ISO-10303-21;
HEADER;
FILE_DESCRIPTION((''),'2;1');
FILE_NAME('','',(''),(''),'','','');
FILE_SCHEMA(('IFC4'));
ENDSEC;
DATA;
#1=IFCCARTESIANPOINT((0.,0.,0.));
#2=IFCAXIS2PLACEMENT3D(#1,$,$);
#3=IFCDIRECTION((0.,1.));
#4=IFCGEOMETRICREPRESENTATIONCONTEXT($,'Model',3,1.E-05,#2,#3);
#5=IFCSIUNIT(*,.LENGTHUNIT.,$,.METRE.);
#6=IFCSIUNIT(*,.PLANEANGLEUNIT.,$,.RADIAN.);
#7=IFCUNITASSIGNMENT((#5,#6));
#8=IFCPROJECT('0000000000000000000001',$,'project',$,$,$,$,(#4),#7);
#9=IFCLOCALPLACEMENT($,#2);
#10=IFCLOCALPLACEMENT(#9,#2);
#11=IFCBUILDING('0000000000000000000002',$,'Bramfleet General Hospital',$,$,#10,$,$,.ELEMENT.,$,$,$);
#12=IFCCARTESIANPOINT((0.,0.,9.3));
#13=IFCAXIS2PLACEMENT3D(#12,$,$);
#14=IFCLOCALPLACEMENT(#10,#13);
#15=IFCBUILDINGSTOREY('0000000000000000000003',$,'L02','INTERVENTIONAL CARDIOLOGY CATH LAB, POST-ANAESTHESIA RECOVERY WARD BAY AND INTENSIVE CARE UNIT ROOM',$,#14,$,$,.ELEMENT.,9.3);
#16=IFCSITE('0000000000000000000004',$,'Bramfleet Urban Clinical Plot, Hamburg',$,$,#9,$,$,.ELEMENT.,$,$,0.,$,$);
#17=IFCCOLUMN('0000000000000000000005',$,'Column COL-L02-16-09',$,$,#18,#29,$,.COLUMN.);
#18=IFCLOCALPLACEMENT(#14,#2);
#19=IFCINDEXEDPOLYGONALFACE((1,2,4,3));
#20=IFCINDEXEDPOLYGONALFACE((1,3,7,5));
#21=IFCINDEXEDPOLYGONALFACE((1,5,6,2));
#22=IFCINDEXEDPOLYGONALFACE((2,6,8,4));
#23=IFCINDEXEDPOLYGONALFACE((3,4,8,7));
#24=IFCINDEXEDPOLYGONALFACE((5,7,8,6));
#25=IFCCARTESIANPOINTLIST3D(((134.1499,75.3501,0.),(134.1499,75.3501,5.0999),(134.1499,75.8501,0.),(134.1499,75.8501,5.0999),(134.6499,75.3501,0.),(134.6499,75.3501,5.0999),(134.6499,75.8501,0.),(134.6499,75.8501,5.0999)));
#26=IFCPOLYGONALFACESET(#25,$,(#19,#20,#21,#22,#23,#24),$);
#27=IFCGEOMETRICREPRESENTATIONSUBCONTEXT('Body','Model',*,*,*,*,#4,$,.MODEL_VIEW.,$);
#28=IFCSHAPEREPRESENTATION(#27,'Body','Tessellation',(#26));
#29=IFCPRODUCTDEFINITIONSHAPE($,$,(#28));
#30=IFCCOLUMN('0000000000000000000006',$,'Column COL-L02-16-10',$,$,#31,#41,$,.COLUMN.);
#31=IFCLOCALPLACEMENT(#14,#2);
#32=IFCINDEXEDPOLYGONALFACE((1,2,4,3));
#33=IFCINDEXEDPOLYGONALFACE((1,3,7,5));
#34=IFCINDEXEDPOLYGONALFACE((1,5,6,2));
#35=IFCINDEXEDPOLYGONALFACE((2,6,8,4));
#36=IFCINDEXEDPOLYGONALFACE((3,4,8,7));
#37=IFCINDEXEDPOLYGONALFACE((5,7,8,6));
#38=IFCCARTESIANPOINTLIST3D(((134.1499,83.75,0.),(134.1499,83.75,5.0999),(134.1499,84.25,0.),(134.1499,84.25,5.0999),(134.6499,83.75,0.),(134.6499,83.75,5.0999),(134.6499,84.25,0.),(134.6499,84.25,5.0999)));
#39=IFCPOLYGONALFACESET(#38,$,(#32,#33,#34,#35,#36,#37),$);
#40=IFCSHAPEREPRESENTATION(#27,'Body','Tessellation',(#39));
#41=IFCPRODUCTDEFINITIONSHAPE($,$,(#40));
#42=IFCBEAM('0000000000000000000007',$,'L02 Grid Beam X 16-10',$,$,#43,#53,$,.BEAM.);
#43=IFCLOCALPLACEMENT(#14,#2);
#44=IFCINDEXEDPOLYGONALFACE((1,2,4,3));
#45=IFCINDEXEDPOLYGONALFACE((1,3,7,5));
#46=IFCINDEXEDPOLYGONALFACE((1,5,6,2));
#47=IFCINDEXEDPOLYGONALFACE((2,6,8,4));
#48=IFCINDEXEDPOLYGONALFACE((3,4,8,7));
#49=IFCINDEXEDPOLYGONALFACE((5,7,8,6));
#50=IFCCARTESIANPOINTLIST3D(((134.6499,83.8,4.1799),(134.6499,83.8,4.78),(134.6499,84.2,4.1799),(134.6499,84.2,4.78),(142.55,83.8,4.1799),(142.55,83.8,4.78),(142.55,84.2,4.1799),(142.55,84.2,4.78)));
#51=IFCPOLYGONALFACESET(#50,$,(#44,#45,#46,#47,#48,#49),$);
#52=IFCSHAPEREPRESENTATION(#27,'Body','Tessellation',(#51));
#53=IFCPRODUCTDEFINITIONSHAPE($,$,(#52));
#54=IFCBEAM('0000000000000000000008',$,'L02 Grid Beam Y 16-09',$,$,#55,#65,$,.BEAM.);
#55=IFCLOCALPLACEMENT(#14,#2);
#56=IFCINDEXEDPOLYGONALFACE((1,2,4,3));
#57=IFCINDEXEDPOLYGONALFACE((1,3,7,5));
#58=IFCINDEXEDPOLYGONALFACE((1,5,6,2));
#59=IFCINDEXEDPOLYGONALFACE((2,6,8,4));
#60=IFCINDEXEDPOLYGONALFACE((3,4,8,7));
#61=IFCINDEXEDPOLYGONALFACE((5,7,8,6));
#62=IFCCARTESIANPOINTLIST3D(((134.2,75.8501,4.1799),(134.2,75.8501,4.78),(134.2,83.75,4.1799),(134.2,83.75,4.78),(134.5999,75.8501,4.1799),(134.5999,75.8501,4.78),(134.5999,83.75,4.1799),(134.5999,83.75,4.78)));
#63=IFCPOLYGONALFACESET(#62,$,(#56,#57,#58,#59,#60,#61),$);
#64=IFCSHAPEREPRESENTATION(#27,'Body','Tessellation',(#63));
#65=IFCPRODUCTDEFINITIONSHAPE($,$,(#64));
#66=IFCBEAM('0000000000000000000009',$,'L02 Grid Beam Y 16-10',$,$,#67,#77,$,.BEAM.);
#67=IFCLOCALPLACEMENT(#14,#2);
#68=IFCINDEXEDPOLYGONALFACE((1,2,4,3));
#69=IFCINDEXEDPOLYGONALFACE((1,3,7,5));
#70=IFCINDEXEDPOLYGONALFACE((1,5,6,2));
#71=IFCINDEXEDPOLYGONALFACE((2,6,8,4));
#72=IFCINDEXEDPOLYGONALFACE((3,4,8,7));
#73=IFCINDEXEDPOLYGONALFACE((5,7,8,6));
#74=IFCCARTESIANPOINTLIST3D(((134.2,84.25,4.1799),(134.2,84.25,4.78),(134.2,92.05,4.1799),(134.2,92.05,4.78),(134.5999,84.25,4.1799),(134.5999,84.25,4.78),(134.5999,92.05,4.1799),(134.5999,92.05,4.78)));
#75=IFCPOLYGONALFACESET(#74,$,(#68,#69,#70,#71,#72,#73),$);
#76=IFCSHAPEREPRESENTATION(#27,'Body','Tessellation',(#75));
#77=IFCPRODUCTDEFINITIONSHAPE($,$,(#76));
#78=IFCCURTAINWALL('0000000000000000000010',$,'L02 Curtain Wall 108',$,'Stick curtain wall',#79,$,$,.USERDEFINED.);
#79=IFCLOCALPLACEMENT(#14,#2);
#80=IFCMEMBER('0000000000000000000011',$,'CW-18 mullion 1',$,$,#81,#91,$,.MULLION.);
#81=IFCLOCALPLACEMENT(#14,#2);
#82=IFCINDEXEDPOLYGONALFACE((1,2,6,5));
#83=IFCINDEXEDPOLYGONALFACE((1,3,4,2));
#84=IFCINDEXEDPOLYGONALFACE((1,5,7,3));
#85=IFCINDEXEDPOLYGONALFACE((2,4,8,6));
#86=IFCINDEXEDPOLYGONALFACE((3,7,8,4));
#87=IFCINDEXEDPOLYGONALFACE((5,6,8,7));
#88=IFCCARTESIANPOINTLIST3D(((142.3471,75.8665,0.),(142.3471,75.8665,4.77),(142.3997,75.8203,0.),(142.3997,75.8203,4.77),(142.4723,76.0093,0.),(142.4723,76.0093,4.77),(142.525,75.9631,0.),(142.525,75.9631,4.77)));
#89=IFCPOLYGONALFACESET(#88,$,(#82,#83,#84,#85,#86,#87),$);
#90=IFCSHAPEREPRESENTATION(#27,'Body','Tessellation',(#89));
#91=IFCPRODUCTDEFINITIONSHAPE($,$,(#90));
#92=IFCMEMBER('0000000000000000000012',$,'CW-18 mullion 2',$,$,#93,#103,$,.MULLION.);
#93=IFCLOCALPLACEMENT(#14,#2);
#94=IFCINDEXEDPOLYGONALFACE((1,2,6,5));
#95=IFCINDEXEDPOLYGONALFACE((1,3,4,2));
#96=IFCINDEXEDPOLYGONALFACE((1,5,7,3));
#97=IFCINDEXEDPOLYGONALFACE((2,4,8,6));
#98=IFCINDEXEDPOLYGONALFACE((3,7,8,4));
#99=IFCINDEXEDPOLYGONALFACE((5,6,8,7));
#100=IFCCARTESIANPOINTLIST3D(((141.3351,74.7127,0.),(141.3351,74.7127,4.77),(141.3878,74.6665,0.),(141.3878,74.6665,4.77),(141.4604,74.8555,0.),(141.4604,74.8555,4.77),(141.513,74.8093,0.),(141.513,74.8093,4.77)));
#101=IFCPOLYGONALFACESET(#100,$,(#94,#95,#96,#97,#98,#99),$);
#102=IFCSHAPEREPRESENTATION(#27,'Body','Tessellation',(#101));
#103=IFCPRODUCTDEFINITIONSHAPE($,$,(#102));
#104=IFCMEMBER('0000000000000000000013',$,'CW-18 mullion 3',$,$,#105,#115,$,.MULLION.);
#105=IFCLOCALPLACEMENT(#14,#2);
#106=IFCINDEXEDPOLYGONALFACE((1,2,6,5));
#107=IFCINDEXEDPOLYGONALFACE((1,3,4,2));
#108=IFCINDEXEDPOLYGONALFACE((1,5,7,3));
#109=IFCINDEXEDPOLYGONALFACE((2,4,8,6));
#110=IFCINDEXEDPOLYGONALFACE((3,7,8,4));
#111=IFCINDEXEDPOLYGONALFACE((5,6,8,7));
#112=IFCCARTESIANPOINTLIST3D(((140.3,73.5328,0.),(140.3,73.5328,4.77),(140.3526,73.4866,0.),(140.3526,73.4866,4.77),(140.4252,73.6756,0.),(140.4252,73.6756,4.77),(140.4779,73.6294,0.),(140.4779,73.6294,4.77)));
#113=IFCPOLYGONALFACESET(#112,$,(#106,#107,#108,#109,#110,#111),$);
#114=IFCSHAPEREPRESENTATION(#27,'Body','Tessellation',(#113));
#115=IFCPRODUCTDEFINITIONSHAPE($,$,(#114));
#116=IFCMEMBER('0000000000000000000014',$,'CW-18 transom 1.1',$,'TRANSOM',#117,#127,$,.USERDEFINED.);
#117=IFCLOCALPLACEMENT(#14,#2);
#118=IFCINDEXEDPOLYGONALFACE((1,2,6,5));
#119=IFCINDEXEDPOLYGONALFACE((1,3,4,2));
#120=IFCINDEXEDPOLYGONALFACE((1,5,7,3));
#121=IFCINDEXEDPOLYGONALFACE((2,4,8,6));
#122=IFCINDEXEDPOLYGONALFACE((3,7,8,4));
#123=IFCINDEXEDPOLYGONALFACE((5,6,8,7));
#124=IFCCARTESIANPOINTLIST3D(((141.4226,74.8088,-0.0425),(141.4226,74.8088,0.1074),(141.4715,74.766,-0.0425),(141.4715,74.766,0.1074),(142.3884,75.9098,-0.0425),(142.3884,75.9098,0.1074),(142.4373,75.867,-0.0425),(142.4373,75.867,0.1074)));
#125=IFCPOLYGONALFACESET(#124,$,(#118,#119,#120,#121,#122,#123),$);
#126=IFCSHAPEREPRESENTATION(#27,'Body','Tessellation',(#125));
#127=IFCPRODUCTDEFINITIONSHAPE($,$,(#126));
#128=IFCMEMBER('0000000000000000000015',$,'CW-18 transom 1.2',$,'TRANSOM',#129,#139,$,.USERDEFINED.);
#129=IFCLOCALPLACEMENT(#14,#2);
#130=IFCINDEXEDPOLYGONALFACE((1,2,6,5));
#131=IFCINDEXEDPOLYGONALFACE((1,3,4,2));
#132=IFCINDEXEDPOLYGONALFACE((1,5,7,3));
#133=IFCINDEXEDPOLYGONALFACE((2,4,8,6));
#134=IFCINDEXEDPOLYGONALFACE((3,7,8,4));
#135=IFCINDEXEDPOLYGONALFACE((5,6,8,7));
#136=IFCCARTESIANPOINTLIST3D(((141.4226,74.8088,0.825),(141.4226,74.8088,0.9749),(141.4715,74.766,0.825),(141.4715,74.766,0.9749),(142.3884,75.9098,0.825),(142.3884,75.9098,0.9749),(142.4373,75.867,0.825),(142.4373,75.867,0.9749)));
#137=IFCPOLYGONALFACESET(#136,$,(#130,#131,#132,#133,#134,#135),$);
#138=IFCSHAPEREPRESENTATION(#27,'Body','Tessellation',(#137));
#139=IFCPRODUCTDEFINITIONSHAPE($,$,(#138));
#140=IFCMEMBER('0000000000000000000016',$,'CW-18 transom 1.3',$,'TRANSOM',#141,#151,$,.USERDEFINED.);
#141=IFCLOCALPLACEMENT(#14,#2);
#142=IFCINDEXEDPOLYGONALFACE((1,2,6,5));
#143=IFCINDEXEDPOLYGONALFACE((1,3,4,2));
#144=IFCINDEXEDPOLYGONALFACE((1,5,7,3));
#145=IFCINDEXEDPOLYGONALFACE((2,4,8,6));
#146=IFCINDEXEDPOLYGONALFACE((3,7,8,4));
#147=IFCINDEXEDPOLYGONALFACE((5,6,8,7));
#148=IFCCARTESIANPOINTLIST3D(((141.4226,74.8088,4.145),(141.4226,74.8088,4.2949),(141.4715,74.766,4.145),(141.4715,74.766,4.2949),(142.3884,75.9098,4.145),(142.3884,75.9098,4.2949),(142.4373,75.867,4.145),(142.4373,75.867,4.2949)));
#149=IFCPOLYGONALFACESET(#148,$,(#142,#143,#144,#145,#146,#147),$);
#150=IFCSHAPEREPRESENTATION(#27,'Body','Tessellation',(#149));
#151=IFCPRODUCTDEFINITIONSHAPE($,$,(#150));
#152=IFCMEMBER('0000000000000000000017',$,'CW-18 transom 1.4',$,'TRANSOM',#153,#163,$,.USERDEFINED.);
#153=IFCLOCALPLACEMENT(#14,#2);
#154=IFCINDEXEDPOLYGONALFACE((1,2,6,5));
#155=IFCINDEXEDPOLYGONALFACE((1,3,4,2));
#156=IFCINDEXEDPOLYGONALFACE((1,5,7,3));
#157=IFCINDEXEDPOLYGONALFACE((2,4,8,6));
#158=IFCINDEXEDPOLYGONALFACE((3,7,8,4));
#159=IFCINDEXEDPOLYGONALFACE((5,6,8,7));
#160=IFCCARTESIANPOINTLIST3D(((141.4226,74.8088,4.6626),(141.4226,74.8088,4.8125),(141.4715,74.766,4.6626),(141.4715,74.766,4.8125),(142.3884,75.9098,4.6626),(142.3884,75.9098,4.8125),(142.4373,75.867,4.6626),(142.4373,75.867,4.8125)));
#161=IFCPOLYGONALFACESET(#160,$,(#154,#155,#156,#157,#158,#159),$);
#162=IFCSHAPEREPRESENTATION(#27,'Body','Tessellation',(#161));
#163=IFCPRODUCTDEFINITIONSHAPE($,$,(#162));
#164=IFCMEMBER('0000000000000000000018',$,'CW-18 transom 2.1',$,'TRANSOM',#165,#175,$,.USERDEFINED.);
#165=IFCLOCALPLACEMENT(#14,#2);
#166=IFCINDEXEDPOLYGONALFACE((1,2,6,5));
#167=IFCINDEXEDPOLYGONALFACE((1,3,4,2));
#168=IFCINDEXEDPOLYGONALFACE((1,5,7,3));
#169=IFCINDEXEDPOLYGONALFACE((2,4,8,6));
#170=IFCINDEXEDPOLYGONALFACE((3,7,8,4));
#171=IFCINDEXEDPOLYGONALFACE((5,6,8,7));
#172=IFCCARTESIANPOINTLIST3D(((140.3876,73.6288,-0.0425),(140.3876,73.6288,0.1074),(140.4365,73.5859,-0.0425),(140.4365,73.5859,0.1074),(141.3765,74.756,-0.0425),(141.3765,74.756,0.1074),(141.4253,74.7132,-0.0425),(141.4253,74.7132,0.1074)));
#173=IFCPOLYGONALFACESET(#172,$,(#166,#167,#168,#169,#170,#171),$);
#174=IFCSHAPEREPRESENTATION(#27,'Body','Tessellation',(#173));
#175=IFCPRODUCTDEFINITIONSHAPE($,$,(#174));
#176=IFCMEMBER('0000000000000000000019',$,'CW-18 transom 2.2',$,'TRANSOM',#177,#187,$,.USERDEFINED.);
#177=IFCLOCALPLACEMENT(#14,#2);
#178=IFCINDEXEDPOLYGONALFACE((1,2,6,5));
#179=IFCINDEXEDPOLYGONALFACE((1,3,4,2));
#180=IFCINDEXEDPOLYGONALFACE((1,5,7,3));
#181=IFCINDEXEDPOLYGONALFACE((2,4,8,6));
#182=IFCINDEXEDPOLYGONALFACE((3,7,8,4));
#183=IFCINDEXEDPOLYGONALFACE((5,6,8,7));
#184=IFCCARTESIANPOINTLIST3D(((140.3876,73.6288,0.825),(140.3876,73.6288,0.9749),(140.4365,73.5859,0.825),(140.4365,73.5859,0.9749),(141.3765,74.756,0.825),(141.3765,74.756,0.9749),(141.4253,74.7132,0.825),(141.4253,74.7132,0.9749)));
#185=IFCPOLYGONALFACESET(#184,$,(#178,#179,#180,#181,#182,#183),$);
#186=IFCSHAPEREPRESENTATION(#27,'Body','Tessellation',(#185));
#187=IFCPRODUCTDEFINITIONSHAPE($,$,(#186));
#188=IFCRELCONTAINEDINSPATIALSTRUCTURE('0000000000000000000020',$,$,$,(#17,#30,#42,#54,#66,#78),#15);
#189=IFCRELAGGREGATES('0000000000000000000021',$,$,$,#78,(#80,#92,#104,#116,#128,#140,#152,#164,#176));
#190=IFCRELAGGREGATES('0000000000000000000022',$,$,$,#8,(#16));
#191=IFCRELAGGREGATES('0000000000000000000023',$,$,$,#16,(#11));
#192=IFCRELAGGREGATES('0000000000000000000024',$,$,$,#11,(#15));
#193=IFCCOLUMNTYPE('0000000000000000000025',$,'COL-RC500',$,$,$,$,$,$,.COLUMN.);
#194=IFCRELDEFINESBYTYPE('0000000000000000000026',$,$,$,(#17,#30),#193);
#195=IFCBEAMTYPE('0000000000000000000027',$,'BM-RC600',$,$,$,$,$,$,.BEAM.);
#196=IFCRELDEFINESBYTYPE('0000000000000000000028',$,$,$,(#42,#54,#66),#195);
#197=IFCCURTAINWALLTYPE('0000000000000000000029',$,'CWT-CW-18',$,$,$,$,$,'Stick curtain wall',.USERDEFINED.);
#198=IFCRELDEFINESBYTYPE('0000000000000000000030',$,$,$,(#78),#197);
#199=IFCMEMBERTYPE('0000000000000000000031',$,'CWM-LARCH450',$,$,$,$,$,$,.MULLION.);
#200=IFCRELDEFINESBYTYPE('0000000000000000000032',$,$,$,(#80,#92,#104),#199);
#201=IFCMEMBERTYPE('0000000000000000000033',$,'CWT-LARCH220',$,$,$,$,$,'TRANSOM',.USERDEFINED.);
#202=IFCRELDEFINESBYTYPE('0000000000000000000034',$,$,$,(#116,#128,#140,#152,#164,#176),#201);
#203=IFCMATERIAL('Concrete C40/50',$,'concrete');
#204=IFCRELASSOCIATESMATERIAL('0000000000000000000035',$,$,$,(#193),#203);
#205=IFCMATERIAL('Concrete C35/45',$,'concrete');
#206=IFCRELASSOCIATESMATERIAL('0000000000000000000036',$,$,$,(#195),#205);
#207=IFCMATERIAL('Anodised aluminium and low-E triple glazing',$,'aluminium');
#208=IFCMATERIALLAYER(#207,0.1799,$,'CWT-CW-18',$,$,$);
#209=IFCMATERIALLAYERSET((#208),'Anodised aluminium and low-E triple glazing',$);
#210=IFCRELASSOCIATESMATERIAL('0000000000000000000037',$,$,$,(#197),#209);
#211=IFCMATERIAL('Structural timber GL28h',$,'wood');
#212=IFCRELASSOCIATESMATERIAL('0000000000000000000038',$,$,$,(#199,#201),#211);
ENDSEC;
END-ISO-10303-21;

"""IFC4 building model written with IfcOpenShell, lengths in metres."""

from ifc_helpers import new_model, si_unit, direction, frame, origin, origin_2d, place, context, subcontext, project, spatial, rectangle, extrude, material, layer, layer_set, material_profile, profile_set, type_object, element, aggregate, save


model = new_model("IFC4")

# Units and contexts
model_context = context("Model", 3, precision=1e-05, world=origin(), true_north=direction((0.0, 1.0)))
body_context = subcontext(model_context, "Body", "Model", "MODEL_VIEW")
ifc_project = project(units=[si_unit("LENGTHUNIT", "METRE"), si_unit("PLANEANGLEUNIT", "RADIAN")], contexts=[model_context])

# Site, building, storey
site_placement = place(None, origin())
site = spatial("IfcSite", under=ifc_project, at=site_placement, Name="Bramfleet Urban Clinical Plot, Hamburg", CompositionType="ELEMENT", RefElevation=0.0)
building_placement = place(site_placement, origin())
building = spatial("IfcBuilding", under=site, at=building_placement, Name="Bramfleet General Hospital", CompositionType="ELEMENT")
storey_placement = place(building_placement, frame((0.0, 0.0, 9.3)))
storey = spatial("IfcBuildingStorey", under=building, at=storey_placement, Name="L02", Description="INTERVENTIONAL CARDIOLOGY CATH LAB, POST-ANAESTHESIA RECOVERY WARD BAY AND INTENSIVE CARE UNIT ROOM", CompositionType="ELEMENT", Elevation=9.3)

# Columns
ifc_material_1 = material(Name="Concrete C40/50", Category="concrete")
ifc_material_profile_1 = material_profile(ifc_material_1, rectangle(XDim=0.5, YDim=0.5, at=origin_2d()), Name="RC COL 500x500")
ifc_profile_set_1 = profile_set([ifc_material_profile_1], Name="Concrete C40/50")
column_type = type_object("IfcColumnType", Name="COL-RC500", PredefinedType="COLUMN", material=ifc_profile_set_1)
for number, where, z_axis, x_axis, name in (
    (1, (134.3999, 75.6001, 0.0), (0.0, 0.0, 1.0), (1.0, 0.0, 0.0), "Column COL-L02-16-09"),
    (2, (134.3999, 84.0, 0.0), (0.0, 0.0, 1.0), (1.0, 0.0, 0.0), "Column COL-L02-16-10"),
):
    element("IfcColumn", number, at=place(storey_placement, frame(where, z_axis=z_axis, x_axis=x_axis)), inside=storey, type_object=column_type, Name=name, PredefinedType="COLUMN", context=body_context, shape_type="SweptSolid", body=[
        extrude(rectangle(XDim=0.5, YDim=0.5, at=origin_2d()), origin(), (0.0, 0.0, 1.0), 5.0999),
    ])

# Beams
ifc_material_2 = material(Name="Concrete C35/45", Category="concrete")
ifc_material_profile_2 = material_profile(ifc_material_2, rectangle(XDim=0.3999, YDim=0.6001, at=origin_2d()), Name="RC BM 600x400")
ifc_profile_set_2 = profile_set([ifc_material_profile_2], Name="Concrete C35/45")
beam_type = type_object("IfcBeamType", Name="BM-RC600", PredefinedType="BEAM", material=ifc_profile_set_2)
beam_1_placement = place(storey_placement, frame((134.6499, 84.0, 4.48), z_axis=(1.0, 0.0, 0.0), x_axis=(0.0, 1.0, 0.0)))
element("IfcBeam", 3, at=beam_1_placement, inside=storey, type_object=beam_type, Name="L02 Grid Beam X 16-10", PredefinedType="BEAM", context=body_context, shape_type="SweptSolid", body=[
    extrude(rectangle(XDim=0.3999, YDim=0.6001, at=origin_2d()), origin(), (0.0, 0.0, 1.0), 7.9001),
])
beam_2_placement = place(storey_placement, frame((134.3999, 75.8501, 4.48), z_axis=(0.0, 1.0, 0.0), x_axis=(-1.0, 0.0, 0.0)))
element("IfcBeam", 4, at=beam_2_placement, inside=storey, type_object=beam_type, Name="L02 Grid Beam Y 16-09", PredefinedType="BEAM", context=body_context, shape_type="SweptSolid", body=[
    extrude(rectangle(XDim=0.3999, YDim=0.6001, at=origin_2d()), origin(), (0.0, 0.0, 1.0), 7.8999),
])
beam_3_placement = place(storey_placement, frame((134.3999, 84.25, 4.48), z_axis=(0.0, 1.0, 0.0), x_axis=(-1.0, 0.0, 0.0)))
element("IfcBeam", 5, at=beam_3_placement, inside=storey, type_object=beam_type, Name="L02 Grid Beam Y 16-10", PredefinedType="BEAM", context=body_context, shape_type="SweptSolid", body=[
    extrude(rectangle(XDim=0.3999, YDim=0.6001, at=origin_2d()), origin(), (0.0, 0.0, 1.0), 7.8),
])

# Curtain wall, members
ifc_material_3 = material(Name="Anodised aluminium and low-E triple glazing", Category="aluminium")
ifc_layer_1 = layer(ifc_material_3, 0.1799, Name="CWT-CW-18")
ifc_layer_set_1 = layer_set([ifc_layer_1], Name="Anodised aluminium and low-E triple glazing")
curtain_wall_type = type_object("IfcCurtainWallType", Name="CWT-CW-18", ElementType="Stick curtain wall", PredefinedType="USERDEFINED", material=ifc_layer_set_1)
curtain_wall_placement = place(storey_placement, origin())
curtain_wall = element("IfcCurtainWall", 6, at=curtain_wall_placement, inside=storey, type_object=curtain_wall_type, Name="L02 Curtain Wall 108", ObjectType="Stick curtain wall", PredefinedType="USERDEFINED")
ifc_material_4 = material(Name="Structural timber GL28h", Category="wood")
ifc_material_profile_3 = material_profile(ifc_material_4, rectangle(XDim=0.0701, YDim=0.1899, at=origin_2d()), Name="LARCH 190x70")
ifc_profile_set_3 = profile_set([ifc_material_profile_3], Name="Structural timber GL28h")
member_type_1 = type_object("IfcMemberType", Name="CWM-LARCH450", PredefinedType="MULLION", material=ifc_profile_set_3)
member_1_placement = place(storey_placement, frame((142.436, 75.9148, 0.0), z_axis=(0.0, 0.0, 1.0), x_axis=(0.751787, -0.659406, 0.0)))
member_1 = element("IfcMember", 7, at=member_1_placement, type_object=member_type_1, Name="CW-18 mullion 1", PredefinedType="MULLION", context=body_context, shape_type="SweptSolid", body=[
    extrude(rectangle(XDim=0.0701, YDim=0.1899, at=origin_2d()), origin(), (0.0, 0.0, 1.0), 4.77),
])
member_2_placement = place(storey_placement, frame((141.4241, 74.761, 0.0), z_axis=(0.0, 0.0, 1.0), x_axis=(0.751787, -0.659406, 0.0)))
member_2 = element("IfcMember", 8, at=member_2_placement, type_object=member_type_1, Name="CW-18 mullion 2", PredefinedType="MULLION", context=body_context, shape_type="SweptSolid", body=[
    extrude(rectangle(XDim=0.0701, YDim=0.1899, at=origin_2d()), origin(), (0.0, 0.0, 1.0), 4.77),
])
member_3_placement = place(storey_placement, frame((140.3889, 73.5811, 0.0), z_axis=(0.0, 0.0, 1.0), x_axis=(0.751787, -0.659406, 0.0)))
member_3 = element("IfcMember", 9, at=member_3_placement, type_object=member_type_1, Name="CW-18 mullion 3", PredefinedType="MULLION", context=body_context, shape_type="SweptSolid", body=[
    extrude(rectangle(XDim=0.0701, YDim=0.1899, at=origin_2d()), origin(), (0.0, 0.0, 1.0), 4.77),
])
ifc_material_profile_4 = material_profile(ifc_material_4, rectangle(XDim=0.0649, YDim=0.1499, at=origin_2d()), Name="LARCH 150x65")
ifc_profile_set_4 = profile_set([ifc_material_profile_4], Name="Structural timber GL28h")
member_type_2 = type_object("IfcMemberType", Name="CWT-LARCH220", ElementType="TRANSOM", PredefinedType="USERDEFINED", material=ifc_profile_set_4)
member_4_placement = place(storey_placement, frame((142.4128, 75.8884, 0.0325), z_axis=(-0.659425, -0.751771, 0.0), x_axis=(0.751771, -0.659425, 0.0)))
member_4 = element("IfcMember", 10, at=member_4_placement, type_object=member_type_2, Name="CW-18 transom 1.1", ObjectType="TRANSOM", PredefinedType="USERDEFINED", context=body_context, shape_type="SweptSolid", body=[
    extrude(rectangle(XDim=0.0649, YDim=0.1499, at=origin_2d()), origin(), (0.0, 0.0, 1.0), 1.4646),
])
member_5_placement = place(storey_placement, frame((142.4128, 75.8884, 0.8999), z_axis=(-0.659425, -0.751771, 0.0), x_axis=(0.751771, -0.659425, 0.0)))
member_5 = element("IfcMember", 11, at=member_5_placement, type_object=member_type_2, Name="CW-18 transom 1.2", ObjectType="TRANSOM", PredefinedType="USERDEFINED", context=body_context, shape_type="SweptSolid", body=[
    extrude(rectangle(XDim=0.0649, YDim=0.1499, at=origin_2d()), origin(), (0.0, 0.0, 1.0), 1.4646),
])
member_6_placement = place(storey_placement, frame((142.4128, 75.8884, 4.22), z_axis=(-0.659425, -0.751771, 0.0), x_axis=(0.751771, -0.659425, 0.0)))
member_6 = element("IfcMember", 12, at=member_6_placement, type_object=member_type_2, Name="CW-18 transom 1.3", ObjectType="TRANSOM", PredefinedType="USERDEFINED", context=body_context, shape_type="SweptSolid", body=[
    extrude(rectangle(XDim=0.0649, YDim=0.1499, at=origin_2d()), origin(), (0.0, 0.0, 1.0), 1.4646),
])
member_7_placement = place(storey_placement, frame((142.4128, 75.8884, 4.7375), z_axis=(-0.659425, -0.751771, 0.0), x_axis=(0.751771, -0.659425, 0.0)))
member_7 = element("IfcMember", 13, at=member_7_placement, type_object=member_type_2, Name="CW-18 transom 1.4", ObjectType="TRANSOM", PredefinedType="USERDEFINED", context=body_context, shape_type="SweptSolid", body=[
    extrude(rectangle(XDim=0.0649, YDim=0.1499, at=origin_2d()), origin(), (0.0, 0.0, 1.0), 1.4646),
])
member_8_placement = place(storey_placement, frame((141.4009, 74.7346, 0.0325), z_axis=(-0.659438, -0.751759, 0.0), x_axis=(0.751759, -0.659438, 0.0)))
member_8 = element("IfcMember", 14, at=member_8_placement, type_object=member_type_2, Name="CW-18 transom 2.1", ObjectType="TRANSOM", PredefinedType="USERDEFINED", context=body_context, shape_type="SweptSolid", body=[
    extrude(rectangle(XDim=0.0649, YDim=0.1499, at=origin_2d()), origin(), (0.0, 0.0, 1.0), 1.4995),
])
member_9_placement = place(storey_placement, frame((141.4009, 74.7346, 0.8999), z_axis=(-0.659438, -0.751759, 0.0), x_axis=(0.751759, -0.659438, 0.0)))
member_9 = element("IfcMember", 15, at=member_9_placement, type_object=member_type_2, Name="CW-18 transom 2.2", ObjectType="TRANSOM", PredefinedType="USERDEFINED", context=body_context, shape_type="SweptSolid", body=[
    extrude(rectangle(XDim=0.0649, YDim=0.1499, at=origin_2d()), origin(), (0.0, 0.0, 1.0), 1.4995),
])
aggregate(curtain_wall, [member_1, member_2, member_3, member_4, member_5, member_6, member_7, member_8, member_9])

save(model, "model.ifc")
